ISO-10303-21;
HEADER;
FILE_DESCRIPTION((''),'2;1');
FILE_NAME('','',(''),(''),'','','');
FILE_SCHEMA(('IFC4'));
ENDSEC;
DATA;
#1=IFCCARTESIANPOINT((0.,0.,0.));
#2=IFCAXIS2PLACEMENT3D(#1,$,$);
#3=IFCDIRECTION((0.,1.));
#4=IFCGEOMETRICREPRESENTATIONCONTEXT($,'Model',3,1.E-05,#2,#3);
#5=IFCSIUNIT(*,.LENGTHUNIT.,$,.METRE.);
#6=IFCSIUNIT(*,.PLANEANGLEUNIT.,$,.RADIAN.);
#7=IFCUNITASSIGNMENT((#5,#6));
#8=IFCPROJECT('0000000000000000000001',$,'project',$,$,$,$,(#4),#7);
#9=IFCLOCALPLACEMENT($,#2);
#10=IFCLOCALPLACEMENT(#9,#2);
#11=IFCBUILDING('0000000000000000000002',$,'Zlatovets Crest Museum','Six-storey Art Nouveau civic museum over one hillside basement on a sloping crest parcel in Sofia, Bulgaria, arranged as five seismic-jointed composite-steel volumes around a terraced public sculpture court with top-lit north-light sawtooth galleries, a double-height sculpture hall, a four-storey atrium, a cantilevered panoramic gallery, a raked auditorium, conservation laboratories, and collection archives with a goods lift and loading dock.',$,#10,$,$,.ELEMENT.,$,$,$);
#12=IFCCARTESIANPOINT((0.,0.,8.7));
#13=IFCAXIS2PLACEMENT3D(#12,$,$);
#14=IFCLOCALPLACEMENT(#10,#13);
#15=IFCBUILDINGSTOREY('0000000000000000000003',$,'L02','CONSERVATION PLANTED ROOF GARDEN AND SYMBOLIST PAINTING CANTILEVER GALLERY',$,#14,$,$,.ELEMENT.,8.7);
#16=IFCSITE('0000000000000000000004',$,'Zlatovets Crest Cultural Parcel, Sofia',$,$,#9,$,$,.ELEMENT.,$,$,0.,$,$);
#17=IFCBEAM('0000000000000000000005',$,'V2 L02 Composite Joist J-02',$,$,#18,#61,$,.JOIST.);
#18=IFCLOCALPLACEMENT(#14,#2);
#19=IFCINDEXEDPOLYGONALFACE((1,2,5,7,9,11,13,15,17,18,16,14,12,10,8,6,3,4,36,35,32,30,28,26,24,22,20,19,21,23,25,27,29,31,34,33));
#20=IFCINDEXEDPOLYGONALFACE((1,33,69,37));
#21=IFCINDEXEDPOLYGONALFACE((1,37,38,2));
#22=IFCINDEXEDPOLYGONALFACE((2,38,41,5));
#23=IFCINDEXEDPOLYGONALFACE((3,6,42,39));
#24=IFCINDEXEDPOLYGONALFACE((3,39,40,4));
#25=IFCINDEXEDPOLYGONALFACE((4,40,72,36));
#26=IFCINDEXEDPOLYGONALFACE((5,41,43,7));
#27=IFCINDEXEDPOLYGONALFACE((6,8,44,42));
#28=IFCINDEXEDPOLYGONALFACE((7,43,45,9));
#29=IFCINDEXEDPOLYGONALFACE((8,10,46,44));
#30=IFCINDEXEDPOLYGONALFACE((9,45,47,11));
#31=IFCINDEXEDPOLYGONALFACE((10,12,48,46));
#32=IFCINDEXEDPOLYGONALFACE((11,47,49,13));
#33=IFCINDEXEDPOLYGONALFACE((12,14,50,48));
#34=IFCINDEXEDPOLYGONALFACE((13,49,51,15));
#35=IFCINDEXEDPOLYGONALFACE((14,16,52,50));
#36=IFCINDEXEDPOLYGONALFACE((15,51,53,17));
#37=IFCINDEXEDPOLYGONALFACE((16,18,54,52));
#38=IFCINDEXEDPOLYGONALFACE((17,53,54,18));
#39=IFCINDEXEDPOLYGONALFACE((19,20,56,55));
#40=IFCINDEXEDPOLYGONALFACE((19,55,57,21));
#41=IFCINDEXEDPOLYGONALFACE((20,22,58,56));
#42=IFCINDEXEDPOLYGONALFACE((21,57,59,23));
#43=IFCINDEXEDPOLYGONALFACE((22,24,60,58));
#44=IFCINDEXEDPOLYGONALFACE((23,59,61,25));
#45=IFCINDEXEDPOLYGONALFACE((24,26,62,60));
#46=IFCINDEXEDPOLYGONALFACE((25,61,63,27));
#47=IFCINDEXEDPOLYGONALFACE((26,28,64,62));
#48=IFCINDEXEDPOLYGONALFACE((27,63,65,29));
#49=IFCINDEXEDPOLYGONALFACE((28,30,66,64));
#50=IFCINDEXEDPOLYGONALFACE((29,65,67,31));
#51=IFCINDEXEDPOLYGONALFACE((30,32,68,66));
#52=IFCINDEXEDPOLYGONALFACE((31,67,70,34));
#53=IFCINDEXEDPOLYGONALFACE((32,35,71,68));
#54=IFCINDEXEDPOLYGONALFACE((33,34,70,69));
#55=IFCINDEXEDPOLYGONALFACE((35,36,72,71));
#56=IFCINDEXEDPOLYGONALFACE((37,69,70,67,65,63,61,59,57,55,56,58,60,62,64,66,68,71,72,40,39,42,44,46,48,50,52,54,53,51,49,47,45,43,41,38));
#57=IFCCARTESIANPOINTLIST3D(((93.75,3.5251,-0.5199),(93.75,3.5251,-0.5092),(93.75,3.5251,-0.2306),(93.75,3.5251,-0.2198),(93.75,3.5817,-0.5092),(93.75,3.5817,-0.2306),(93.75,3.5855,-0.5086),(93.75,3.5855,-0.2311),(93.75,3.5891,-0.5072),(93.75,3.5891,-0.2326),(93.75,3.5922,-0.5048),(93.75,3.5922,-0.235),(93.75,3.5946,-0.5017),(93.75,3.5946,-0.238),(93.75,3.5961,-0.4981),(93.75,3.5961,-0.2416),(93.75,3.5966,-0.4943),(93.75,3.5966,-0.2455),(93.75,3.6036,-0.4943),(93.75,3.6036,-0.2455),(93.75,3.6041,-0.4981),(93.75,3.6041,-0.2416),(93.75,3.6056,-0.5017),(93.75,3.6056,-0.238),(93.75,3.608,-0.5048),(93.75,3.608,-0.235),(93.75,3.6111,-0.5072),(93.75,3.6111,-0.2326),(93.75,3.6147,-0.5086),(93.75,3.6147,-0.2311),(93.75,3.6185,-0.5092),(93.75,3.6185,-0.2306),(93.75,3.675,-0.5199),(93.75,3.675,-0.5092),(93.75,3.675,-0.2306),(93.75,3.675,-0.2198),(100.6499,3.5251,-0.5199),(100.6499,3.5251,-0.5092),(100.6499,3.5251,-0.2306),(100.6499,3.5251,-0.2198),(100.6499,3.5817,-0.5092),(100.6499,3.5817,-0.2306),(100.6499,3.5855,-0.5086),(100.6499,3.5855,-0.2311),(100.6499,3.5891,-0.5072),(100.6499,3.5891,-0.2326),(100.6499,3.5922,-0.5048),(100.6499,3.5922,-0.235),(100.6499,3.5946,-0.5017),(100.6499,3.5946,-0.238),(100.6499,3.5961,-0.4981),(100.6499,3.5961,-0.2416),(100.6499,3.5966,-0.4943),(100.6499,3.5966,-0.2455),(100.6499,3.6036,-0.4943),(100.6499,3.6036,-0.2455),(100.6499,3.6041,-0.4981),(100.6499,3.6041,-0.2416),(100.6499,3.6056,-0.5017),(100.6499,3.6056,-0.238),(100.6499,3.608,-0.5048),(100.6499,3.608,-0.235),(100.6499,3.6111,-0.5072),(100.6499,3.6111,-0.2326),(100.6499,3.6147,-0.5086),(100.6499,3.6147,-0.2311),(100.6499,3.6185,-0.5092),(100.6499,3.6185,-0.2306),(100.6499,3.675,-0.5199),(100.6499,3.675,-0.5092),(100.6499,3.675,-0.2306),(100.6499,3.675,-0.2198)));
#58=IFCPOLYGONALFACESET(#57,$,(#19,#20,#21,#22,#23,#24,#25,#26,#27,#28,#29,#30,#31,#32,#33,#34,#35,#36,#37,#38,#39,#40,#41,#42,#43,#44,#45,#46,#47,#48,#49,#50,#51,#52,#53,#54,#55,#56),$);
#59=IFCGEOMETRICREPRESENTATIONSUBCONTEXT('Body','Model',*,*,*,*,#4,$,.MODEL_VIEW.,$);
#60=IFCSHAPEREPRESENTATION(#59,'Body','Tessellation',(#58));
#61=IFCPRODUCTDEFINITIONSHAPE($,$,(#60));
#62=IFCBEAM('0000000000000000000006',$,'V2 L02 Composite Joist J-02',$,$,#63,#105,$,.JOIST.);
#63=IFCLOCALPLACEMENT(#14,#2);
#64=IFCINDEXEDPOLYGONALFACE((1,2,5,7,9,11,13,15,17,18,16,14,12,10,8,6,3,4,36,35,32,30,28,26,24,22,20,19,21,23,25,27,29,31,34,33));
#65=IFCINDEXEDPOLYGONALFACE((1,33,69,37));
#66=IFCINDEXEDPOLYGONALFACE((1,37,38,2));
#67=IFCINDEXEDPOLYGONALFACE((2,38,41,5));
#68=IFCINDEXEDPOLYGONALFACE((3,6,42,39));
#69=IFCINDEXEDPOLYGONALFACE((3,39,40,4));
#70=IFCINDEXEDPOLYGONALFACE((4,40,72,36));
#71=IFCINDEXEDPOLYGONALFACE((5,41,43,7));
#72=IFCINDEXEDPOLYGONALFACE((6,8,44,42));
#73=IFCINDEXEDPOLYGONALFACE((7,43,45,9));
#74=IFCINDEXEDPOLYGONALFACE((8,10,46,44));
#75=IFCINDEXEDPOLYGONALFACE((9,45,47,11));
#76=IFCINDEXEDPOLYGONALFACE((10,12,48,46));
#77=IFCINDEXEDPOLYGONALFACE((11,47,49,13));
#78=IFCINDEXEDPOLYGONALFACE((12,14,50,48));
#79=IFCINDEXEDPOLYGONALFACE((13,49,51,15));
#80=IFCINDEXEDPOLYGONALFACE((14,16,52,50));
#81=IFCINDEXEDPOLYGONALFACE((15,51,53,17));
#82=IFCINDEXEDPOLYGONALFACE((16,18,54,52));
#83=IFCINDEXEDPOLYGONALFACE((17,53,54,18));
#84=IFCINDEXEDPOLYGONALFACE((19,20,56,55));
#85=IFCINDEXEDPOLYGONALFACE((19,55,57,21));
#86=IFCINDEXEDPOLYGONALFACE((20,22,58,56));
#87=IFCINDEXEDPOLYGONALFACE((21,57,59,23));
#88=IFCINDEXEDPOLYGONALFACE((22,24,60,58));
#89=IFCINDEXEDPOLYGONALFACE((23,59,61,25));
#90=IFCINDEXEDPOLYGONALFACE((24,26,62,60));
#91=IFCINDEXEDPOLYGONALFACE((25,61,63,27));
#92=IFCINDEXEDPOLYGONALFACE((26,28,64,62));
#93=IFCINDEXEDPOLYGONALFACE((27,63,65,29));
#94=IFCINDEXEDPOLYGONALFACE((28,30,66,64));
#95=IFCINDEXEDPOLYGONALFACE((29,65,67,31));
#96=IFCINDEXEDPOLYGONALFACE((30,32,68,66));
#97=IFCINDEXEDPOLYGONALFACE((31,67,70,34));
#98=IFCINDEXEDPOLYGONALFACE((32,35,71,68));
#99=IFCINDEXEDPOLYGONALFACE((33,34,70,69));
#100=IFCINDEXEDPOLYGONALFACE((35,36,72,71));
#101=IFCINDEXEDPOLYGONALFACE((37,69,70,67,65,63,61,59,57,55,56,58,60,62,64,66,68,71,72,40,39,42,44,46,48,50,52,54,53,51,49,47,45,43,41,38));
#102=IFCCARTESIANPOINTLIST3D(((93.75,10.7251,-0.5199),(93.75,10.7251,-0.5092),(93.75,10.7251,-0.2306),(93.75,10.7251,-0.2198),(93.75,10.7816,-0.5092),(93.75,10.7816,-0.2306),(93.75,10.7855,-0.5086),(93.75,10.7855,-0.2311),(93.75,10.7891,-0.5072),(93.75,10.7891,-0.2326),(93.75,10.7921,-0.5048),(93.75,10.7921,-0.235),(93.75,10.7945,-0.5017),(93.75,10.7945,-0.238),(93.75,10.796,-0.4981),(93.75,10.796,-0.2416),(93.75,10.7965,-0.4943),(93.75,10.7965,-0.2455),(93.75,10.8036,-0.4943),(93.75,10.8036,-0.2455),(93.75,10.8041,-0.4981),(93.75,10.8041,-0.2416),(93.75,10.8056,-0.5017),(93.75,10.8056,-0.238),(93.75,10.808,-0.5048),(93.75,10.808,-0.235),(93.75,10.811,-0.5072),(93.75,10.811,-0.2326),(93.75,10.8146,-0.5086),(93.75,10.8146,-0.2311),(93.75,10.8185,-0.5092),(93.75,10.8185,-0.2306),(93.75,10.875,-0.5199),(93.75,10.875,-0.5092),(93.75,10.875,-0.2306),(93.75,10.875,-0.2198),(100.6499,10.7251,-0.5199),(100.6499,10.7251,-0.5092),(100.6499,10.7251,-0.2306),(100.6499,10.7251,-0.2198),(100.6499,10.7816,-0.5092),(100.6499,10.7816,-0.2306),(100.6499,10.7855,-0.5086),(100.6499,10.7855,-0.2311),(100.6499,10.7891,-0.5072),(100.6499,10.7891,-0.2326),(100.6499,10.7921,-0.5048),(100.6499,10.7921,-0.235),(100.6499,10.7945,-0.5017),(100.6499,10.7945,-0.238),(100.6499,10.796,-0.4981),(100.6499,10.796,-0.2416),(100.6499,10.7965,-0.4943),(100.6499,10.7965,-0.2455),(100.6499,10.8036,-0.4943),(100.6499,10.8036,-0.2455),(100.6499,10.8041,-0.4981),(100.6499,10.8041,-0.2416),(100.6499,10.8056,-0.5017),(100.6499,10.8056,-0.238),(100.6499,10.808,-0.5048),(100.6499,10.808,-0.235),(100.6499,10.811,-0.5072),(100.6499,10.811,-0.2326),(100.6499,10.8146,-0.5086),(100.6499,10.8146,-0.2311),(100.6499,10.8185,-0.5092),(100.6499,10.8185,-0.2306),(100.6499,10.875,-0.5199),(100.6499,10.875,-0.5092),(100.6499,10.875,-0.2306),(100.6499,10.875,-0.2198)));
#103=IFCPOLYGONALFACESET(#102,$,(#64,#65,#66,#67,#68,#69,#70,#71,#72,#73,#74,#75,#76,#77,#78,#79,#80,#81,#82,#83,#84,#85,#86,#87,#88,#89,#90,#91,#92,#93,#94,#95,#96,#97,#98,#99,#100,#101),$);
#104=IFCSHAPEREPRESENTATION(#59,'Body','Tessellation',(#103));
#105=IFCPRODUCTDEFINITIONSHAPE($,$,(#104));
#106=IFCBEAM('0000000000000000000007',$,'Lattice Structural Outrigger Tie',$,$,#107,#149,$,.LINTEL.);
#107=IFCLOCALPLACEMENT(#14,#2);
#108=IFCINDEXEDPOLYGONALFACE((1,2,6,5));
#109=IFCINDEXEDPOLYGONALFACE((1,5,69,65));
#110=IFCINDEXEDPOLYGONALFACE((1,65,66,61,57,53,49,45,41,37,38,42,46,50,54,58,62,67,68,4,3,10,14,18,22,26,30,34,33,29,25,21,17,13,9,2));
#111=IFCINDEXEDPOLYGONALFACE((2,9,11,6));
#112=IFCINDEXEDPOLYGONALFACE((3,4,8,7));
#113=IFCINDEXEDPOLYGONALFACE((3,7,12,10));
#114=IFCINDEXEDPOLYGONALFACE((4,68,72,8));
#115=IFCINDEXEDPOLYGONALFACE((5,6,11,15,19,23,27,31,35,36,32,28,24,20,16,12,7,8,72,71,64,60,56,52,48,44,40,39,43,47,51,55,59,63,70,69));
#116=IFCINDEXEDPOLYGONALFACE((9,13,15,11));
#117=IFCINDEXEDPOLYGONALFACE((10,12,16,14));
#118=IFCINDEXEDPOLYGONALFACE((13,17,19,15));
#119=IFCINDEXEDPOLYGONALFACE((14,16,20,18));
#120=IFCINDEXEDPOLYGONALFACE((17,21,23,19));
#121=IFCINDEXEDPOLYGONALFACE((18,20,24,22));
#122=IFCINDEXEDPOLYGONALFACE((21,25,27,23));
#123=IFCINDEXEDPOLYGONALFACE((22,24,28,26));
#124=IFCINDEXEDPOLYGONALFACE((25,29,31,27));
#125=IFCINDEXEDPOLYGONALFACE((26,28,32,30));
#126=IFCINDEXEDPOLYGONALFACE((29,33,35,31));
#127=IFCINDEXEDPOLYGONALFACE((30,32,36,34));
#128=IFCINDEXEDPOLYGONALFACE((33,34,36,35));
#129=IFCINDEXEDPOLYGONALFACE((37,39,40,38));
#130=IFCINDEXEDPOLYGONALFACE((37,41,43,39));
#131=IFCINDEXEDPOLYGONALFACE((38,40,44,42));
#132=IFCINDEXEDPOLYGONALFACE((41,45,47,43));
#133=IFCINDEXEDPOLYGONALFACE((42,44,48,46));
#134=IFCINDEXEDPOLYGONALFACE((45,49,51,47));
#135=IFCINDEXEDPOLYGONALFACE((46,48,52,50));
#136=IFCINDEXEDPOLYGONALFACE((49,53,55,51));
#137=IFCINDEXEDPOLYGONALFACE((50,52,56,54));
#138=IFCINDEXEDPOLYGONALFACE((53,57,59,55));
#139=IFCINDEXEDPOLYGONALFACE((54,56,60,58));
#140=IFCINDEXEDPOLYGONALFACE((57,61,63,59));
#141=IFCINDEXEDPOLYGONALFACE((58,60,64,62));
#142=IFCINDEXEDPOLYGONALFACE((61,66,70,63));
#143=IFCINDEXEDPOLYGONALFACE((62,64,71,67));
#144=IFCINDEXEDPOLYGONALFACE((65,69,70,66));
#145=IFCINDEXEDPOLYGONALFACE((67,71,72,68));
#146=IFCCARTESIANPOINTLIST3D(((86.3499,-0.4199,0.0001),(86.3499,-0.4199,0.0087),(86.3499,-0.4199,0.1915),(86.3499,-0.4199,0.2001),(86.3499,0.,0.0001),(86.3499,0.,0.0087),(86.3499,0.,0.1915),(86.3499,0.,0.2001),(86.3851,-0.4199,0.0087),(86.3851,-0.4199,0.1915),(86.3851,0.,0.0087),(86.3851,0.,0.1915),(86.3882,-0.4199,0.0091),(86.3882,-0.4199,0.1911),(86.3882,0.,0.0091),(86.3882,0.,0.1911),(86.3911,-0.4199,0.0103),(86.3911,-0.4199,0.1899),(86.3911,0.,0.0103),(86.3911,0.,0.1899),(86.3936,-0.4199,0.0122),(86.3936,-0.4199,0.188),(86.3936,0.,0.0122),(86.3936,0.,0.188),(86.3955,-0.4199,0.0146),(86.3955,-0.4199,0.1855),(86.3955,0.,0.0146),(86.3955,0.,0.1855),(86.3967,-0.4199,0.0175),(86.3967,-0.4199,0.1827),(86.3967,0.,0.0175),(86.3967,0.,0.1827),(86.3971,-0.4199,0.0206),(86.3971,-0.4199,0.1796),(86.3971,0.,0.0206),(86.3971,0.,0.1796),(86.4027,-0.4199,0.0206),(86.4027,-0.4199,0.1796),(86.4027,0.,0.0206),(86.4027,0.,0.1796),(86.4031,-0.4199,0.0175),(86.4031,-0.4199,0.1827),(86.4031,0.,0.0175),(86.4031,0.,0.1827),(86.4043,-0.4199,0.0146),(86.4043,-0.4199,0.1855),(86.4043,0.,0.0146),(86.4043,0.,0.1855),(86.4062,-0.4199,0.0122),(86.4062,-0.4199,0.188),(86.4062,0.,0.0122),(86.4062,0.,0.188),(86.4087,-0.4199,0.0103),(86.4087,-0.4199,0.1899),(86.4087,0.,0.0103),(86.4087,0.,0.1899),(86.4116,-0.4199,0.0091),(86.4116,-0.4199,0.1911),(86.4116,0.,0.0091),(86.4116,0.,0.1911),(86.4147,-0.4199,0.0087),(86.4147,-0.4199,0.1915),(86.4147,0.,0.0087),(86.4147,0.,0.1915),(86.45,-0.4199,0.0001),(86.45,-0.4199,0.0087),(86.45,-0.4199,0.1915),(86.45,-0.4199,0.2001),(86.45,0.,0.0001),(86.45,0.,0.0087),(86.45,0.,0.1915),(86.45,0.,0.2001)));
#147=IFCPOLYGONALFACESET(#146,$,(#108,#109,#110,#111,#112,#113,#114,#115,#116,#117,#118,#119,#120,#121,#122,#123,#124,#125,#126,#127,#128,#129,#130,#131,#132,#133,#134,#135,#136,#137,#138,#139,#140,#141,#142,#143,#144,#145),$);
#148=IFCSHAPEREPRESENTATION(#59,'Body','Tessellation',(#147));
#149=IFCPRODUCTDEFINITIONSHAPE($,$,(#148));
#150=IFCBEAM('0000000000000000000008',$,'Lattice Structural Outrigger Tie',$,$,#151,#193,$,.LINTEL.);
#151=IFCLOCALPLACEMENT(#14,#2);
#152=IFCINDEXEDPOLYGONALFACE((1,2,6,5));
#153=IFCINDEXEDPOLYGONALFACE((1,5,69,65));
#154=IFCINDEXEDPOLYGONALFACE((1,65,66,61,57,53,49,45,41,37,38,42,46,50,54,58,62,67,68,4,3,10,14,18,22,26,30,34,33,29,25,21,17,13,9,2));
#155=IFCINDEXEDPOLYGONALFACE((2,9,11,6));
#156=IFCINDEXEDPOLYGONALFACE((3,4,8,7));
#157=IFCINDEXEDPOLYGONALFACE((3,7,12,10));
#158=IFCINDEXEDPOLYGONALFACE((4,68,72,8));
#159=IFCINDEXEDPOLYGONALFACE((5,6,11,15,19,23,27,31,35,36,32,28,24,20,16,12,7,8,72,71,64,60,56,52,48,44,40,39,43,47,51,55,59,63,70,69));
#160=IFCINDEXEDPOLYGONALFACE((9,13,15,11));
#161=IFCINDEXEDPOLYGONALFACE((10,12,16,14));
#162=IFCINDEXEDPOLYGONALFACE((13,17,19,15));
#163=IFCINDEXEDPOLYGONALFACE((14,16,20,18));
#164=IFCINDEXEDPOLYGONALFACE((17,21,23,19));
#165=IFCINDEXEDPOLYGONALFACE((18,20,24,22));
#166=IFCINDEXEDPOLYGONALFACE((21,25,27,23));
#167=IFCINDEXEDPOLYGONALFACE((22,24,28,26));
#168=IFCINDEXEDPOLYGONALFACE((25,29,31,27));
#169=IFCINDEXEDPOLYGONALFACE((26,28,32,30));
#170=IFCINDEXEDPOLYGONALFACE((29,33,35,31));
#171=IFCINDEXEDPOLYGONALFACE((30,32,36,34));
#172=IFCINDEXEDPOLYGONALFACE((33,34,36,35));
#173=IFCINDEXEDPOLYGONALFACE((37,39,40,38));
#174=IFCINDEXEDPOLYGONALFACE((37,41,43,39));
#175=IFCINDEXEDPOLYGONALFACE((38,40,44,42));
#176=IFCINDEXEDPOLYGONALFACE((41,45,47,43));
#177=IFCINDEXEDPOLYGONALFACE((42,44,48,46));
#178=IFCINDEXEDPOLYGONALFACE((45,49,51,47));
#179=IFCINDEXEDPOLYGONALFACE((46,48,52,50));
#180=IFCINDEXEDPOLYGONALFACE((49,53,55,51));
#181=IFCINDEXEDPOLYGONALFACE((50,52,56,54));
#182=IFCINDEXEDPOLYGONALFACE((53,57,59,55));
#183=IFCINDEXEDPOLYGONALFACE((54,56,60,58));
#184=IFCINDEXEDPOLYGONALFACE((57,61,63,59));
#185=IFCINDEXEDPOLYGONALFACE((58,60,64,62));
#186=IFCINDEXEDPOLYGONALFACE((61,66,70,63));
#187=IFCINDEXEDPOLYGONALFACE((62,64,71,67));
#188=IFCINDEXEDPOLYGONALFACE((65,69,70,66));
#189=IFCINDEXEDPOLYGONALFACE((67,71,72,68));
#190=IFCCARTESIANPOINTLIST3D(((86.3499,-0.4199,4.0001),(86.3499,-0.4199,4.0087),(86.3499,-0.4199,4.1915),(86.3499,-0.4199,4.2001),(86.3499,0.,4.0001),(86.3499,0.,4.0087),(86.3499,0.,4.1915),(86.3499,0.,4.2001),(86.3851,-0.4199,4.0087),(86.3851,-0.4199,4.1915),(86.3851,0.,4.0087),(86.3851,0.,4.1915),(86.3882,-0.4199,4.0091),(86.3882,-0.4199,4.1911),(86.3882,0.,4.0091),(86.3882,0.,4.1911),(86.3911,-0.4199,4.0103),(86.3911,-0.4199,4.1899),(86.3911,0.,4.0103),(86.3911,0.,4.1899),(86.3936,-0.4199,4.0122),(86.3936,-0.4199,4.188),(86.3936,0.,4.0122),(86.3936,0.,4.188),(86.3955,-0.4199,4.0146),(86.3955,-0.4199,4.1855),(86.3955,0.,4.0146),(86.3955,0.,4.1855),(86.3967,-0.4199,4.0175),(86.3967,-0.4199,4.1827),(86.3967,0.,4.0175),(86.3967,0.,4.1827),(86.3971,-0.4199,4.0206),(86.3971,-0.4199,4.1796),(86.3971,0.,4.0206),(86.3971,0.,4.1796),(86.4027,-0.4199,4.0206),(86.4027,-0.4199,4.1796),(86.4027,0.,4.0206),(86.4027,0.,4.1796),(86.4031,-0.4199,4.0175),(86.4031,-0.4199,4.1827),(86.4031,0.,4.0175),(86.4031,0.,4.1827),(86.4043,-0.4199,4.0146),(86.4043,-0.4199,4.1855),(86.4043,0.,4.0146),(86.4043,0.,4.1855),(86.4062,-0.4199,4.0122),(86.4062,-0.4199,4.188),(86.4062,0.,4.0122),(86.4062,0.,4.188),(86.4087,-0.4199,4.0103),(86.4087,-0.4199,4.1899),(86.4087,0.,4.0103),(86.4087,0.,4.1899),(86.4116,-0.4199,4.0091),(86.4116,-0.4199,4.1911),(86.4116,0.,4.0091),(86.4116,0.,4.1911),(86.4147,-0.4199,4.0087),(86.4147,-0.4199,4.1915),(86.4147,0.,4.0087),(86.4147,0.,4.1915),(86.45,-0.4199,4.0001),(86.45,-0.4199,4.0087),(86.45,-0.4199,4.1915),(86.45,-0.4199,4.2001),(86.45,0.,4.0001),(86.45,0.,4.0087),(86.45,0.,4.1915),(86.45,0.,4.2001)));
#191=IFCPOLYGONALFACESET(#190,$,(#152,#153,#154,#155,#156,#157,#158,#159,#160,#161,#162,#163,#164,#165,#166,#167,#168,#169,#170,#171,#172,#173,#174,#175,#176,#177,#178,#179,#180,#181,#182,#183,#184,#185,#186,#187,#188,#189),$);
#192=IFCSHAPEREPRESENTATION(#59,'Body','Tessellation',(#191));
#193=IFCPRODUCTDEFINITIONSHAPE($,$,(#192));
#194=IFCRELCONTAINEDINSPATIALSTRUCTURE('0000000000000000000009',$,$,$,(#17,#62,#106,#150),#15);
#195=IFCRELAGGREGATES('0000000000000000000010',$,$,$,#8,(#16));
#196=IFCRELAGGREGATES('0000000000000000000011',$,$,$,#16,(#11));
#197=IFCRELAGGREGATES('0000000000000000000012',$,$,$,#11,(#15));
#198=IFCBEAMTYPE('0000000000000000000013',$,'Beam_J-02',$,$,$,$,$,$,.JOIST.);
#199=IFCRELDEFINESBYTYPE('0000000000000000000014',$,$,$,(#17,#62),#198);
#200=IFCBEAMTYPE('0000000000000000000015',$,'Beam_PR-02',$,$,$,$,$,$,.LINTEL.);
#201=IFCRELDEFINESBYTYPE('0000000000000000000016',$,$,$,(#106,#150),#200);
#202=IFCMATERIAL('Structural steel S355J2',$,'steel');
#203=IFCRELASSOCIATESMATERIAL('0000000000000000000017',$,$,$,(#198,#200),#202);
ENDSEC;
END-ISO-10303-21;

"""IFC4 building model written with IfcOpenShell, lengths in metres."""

from ifc_helpers import new_model, si_unit, direction, frame, origin, origin_2d, place, context, subcontext, project, spatial, i_section, extrude, material, material_profile, profile_set, type_object, element, save


model = new_model("IFC4")

# Units and contexts
model_context = context("Model", 3, precision=1e-05, world=origin(), true_north=direction((0.0, 1.0)))
body_context = subcontext(model_context, "Body", "Model", "MODEL_VIEW")
ifc_project = project(units=[si_unit("LENGTHUNIT", "METRE"), si_unit("PLANEANGLEUNIT", "RADIAN")], contexts=[model_context])

# Site, building, storey
site_placement = place(None, origin())
site = spatial("IfcSite", under=ifc_project, at=site_placement, Name="Zlatovets Crest Cultural Parcel, Sofia", CompositionType="ELEMENT", RefElevation=0.0)
building_placement = place(site_placement, origin())
building = spatial("IfcBuilding", under=site, at=building_placement, Name="Zlatovets Crest Museum", Description="Six-storey Art Nouveau civic museum over one hillside basement on a sloping crest parcel in Sofia, Bulgaria, arranged as five seismic-jointed composite-steel volumes around a terraced public sculpture court with top-lit north-light sawtooth galleries, a double-height sculpture hall, a four-storey atrium, a cantilevered panoramic gallery, a raked auditorium, conservation laboratories, and collection archives with a goods lift and loading dock.", CompositionType="ELEMENT")
storey_placement = place(building_placement, frame((0.0, 0.0, 8.7)))
storey = spatial("IfcBuildingStorey", under=building, at=storey_placement, Name="L02", Description="CONSERVATION PLANTED ROOF GARDEN AND SYMBOLIST PAINTING CANTILEVER GALLERY", CompositionType="ELEMENT", Elevation=8.7)

# Shared definitions
ifc_material_1 = material(Name="Structural steel S355J2", Category="steel")

# Beams
ifc_material_profile_1 = material_profile(ifc_material_1, i_section(OverallWidth=0.1499, OverallDepth=0.3, WebThickness=0.0071, FlangeThickness=0.0107, FilletRadius=0.0149, at=origin_2d()), Name="IPE 300")
ifc_profile_set_1 = profile_set([ifc_material_profile_1], Name="Structural steel S355J2")
beam_type_1 = type_object("IfcBeamType", Name="Beam_J-02", PredefinedType="JOIST", material=ifc_profile_set_1)
for number, where, z_axis, x_axis, name in (
    (1, (93.75, 3.6001, -0.3699), (1.0, 0.0, 0.0), (0.0, 1.0, 0.0), "V2 L02 Composite Joist J-02"),
    (2, (93.75, 10.8, -0.3699), (1.0, 0.0, 0.0), (0.0, 1.0, 0.0), "V2 L02 Composite Joist J-02"),
):
    element("IfcBeam", number, at=place(storey_placement, frame(where, z_axis=z_axis, x_axis=x_axis)), inside=storey, type_object=beam_type_1, Name=name, PredefinedType="JOIST", context=body_context, shape_type="SweptSolid", body=[
        extrude(i_section(OverallWidth=0.1499, OverallDepth=0.3, WebThickness=0.0071, FlangeThickness=0.0107, FilletRadius=0.0149, at=origin_2d()), origin(), (0.0, 0.0, 1.0), 6.8999),
    ])
ifc_material_profile_2 = material_profile(ifc_material_1, i_section(OverallWidth=0.1001, OverallDepth=0.2, WebThickness=0.0056, FlangeThickness=0.0085, FilletRadius=0.012, at=origin_2d()), Name="IPE 200")
ifc_profile_set_2 = profile_set([ifc_material_profile_2], Name="Structural steel S355J2")
beam_type_2 = type_object("IfcBeamType", Name="Beam_PR-02", PredefinedType="LINTEL", material=ifc_profile_set_2)
for number, where, z_axis, x_axis, name in (
    (3, (86.3999, 0.0, 0.1001), (0.0, -1.0, 0.0), (1.0, 0.0, 0.0), "Lattice Structural Outrigger Tie"),
    (4, (86.3999, 0.0, 4.1001), (0.0, -1.0, 0.0), (1.0, 0.0, 0.0), "Lattice Structural Outrigger Tie"),
):
    element("IfcBeam", number, at=place(storey_placement, frame(where, z_axis=z_axis, x_axis=x_axis)), inside=storey, type_object=beam_type_2, Name=name, PredefinedType="LINTEL", context=body_context, shape_type="SweptSolid", body=[
        extrude(i_section(OverallWidth=0.1001, OverallDepth=0.2, WebThickness=0.0056, FlangeThickness=0.0085, FilletRadius=0.012, at=origin_2d()), origin(), (0.0, 0.0, 1.0), 0.4199),
    ])

save(model, "model.ifc")
